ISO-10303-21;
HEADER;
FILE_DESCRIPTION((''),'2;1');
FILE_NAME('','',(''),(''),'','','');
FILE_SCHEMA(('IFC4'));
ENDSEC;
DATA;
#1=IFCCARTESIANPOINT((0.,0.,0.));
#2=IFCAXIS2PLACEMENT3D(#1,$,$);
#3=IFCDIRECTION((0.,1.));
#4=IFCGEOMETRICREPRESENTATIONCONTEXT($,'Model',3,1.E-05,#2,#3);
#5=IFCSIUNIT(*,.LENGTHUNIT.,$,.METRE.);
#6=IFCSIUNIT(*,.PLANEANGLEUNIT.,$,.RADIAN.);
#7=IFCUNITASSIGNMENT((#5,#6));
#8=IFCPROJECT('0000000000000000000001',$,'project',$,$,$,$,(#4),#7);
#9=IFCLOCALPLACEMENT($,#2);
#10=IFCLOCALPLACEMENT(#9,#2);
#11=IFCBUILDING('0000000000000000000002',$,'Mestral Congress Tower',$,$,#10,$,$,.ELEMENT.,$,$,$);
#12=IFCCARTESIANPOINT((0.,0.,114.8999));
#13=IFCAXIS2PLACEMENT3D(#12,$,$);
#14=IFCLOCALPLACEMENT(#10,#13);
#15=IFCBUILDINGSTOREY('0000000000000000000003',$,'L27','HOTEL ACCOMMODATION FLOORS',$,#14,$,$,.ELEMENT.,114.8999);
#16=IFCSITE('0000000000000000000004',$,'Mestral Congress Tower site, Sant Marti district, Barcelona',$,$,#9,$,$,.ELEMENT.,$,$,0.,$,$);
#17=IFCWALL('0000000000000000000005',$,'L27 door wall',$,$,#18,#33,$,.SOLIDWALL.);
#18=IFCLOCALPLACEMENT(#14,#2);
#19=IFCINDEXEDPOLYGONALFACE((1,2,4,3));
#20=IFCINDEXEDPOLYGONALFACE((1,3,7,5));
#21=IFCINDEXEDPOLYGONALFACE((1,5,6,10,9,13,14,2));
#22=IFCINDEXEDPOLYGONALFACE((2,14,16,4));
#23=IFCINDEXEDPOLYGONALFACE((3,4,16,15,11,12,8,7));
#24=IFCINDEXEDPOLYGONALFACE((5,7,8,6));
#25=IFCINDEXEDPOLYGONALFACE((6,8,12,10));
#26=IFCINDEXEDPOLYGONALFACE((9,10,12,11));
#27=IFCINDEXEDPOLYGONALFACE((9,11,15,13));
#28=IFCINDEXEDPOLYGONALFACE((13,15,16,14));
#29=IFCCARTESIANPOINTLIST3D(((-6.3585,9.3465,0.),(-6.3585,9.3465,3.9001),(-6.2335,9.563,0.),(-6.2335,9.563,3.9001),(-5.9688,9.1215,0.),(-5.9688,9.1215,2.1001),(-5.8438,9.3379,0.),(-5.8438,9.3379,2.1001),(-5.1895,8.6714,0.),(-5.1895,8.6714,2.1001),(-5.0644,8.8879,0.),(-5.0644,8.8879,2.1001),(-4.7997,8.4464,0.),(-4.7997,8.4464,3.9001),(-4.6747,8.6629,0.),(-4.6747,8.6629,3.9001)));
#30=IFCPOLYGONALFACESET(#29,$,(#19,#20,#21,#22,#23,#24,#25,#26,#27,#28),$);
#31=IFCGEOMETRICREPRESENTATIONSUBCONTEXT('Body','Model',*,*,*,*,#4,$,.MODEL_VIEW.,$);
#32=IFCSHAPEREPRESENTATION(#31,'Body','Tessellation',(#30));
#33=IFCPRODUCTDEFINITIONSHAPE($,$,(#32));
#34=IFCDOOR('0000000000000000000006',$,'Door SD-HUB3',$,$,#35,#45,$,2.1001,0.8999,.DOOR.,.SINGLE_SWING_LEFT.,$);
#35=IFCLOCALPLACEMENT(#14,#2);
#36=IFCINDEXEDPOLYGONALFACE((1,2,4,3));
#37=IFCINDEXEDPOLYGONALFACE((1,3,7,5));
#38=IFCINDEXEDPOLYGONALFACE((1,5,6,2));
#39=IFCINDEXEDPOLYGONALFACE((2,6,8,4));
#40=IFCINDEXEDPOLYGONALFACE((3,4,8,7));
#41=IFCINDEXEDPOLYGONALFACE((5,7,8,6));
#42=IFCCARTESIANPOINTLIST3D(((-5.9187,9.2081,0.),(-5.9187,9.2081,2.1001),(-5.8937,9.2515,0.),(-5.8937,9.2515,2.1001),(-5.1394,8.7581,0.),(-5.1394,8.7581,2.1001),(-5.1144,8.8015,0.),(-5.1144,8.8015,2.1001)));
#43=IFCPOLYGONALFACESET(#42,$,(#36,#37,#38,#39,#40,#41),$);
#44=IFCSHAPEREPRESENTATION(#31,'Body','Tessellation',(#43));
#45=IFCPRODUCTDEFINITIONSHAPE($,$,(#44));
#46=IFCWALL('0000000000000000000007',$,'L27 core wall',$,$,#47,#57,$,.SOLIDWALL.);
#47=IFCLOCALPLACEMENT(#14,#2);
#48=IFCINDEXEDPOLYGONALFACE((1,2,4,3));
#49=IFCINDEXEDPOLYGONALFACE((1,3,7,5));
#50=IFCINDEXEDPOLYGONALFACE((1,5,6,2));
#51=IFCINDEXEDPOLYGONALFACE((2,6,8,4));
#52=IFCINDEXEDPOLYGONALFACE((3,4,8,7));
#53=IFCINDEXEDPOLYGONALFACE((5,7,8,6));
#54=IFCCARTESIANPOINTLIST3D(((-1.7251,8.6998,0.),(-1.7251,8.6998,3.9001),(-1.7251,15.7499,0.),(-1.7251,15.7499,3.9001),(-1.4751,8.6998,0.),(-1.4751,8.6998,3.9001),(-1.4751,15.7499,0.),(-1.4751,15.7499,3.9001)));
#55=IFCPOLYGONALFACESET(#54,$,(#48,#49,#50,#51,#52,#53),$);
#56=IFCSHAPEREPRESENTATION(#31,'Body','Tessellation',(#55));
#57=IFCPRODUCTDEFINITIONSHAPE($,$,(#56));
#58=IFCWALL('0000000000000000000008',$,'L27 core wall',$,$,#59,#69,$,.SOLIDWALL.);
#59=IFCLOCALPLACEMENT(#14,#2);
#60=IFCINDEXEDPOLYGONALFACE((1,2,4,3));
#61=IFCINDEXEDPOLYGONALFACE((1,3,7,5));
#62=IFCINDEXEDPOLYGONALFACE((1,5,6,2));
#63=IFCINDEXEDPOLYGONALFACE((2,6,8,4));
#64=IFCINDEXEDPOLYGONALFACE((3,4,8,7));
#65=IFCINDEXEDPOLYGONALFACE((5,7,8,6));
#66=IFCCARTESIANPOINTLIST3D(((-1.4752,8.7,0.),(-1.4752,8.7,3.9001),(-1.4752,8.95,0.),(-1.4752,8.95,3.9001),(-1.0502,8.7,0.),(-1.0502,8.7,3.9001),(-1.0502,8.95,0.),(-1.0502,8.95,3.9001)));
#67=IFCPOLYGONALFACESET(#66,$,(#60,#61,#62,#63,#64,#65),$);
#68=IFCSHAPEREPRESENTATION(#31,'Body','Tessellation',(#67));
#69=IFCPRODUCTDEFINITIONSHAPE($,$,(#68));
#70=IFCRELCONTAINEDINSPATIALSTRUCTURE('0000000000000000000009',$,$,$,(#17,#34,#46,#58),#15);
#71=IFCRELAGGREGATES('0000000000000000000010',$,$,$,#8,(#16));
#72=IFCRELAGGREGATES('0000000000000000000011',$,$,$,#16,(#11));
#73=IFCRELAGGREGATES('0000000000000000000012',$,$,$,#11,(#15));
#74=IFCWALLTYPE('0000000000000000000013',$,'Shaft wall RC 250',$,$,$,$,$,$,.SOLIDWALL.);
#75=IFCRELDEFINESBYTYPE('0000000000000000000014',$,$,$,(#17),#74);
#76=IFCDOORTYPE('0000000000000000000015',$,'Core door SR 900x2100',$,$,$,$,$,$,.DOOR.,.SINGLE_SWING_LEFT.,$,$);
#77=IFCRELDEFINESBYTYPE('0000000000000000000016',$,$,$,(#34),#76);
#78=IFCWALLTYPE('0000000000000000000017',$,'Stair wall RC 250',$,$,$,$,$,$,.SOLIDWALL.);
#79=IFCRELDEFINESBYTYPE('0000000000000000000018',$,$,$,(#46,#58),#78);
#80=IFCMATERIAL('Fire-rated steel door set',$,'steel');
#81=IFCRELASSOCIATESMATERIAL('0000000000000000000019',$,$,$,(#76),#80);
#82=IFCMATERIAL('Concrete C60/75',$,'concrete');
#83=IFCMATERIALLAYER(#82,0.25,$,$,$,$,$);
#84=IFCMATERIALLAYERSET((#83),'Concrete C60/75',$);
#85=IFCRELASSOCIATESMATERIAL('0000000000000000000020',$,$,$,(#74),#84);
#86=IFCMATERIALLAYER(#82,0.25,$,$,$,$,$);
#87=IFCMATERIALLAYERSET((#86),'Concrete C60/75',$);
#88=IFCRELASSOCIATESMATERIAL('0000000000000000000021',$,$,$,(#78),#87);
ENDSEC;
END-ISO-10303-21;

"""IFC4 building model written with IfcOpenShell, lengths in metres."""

from ifc_helpers import new_model, si_unit, direction, frame, frame_2d, origin, place, context, subcontext, project, spatial, rectangle, extrude, material, layer, layer_set, type_object, element, fill, save


model = new_model("IFC4")

# Units and contexts
model_context = context("Model", 3, precision=1e-05, world=origin(), true_north=direction((0.0, 1.0)))
body_context = subcontext(model_context, "Body", "Model", "MODEL_VIEW")
ifc_project = project(units=[si_unit("LENGTHUNIT", "METRE"), si_unit("PLANEANGLEUNIT", "RADIAN")], contexts=[model_context])

# Site, building, storey
site_placement = place(None, origin())
site = spatial("IfcSite", under=ifc_project, at=site_placement, Name="Mestral Congress Tower site, Sant Marti district, Barcelona", CompositionType="ELEMENT", RefElevation=0.0)
building_placement = place(site_placement, origin())
building = spatial("IfcBuilding", under=site, at=building_placement, Name="Mestral Congress Tower", CompositionType="ELEMENT")
storey_placement = place(building_placement, frame((0.0, 0.0, 114.8999)))
storey = spatial("IfcBuildingStorey", under=building, at=storey_placement, Name="L27", Description="HOTEL ACCOMMODATION FLOORS", CompositionType="ELEMENT", Elevation=114.8999)

# Shared definitions
ifc_material_1 = material(Name="Fire-rated steel door set", Category="steel")
door_type_1 = type_object("IfcDoorType", Name="Core door SR 900x2100", OperationType="SINGLE_SWING_LEFT", PredefinedType="DOOR", material=ifc_material_1)

# Shared definitions
ifc_material_2 = material(Name="Concrete C60/75", Category="concrete")
ifc_layer_1 = layer(ifc_material_2, 0.25)
ifc_layer_set_1 = layer_set([ifc_layer_1], Name="Concrete C60/75")
wall_type_1 = type_object("IfcWallType", Name="Shaft wall RC 250", PredefinedType="SOLIDWALL", material=ifc_layer_set_1)

# Wall, opening, door
wall_1_placement = place(storey_placement, frame((-4.7373, 8.5547, 0.0), z_axis=(0.0, 0.0, 1.0), x_axis=(-0.865989, 0.500063, 0.0)))
wall_1 = element("IfcWall", 1, at=wall_1_placement, inside=storey, type_object=wall_type_1, Name="L27 door wall", PredefinedType="SOLIDWALL", context=body_context, shape_type="SweptSolid", body=[
    extrude(rectangle(XDim=1.8, YDim=0.25, at=frame_2d((0.8999, 0.0))), origin(), (0.0, 0.0, 1.0), 3.9001),
])
opening_1_placement = place(wall_1_placement, frame((0.45, 0.0, 0.0)))
opening_1 = element("IfcOpeningElement", 2, at=opening_1_placement, cuts=wall_1, PredefinedType="OPENING", context=body_context, shape_type="SweptSolid", body=[
    extrude(rectangle(XDim=0.8999, YDim=2.1001, at=frame_2d((0.45, 1.05))), frame((0.0, 0.135, 0.0), z_axis=(0.0, -1.0, 0.0), x_axis=(1.0, 0.0, 0.0)), (0.0, 0.0, 1.0), 0.27),
])
door_1_placement = place(opening_1_placement, origin())
door_1 = element("IfcDoor", 3, at=door_1_placement, inside=storey, type_object=door_type_1, Name="Door SD-HUB3", OperationType="SINGLE_SWING_LEFT", OverallHeight=2.1001, OverallWidth=0.8999, PredefinedType="DOOR", context=body_context, shape_type="SweptSolid", body=[
    extrude(rectangle(XDim=0.8999, YDim=2.1001, at=frame_2d((0.45, 1.05))), frame((0.0, 0.0249, 0.0), z_axis=(0.0, -1.0, 0.0), x_axis=(1.0, 0.0, 0.0)), (0.0, 0.0, 1.0), 0.05),
])
fill(opening_1, door_1)

# Walls
ifc_layer_2 = layer(ifc_material_2, 0.25)
ifc_layer_set_2 = layer_set([ifc_layer_2], Name="Concrete C60/75")
wall_type_2 = type_object("IfcWallType", Name="Stair wall RC 250", PredefinedType="SOLIDWALL", material=ifc_layer_set_2)
wall_2_placement = place(storey_placement, frame((-1.6001, 8.7, 0.0), z_axis=(0.0, 0.0, 1.0), x_axis=(0.0, 1.0, 0.0)))
element("IfcWall", 4, at=wall_2_placement, inside=storey, type_object=wall_type_2, Name="L27 core wall", PredefinedType="SOLIDWALL", context=body_context, shape_type="SweptSolid", body=[
    extrude(rectangle(XDim=7.05, YDim=0.25, at=frame_2d((3.5249, 0.0))), origin(), (0.0, 0.0, 1.0), 3.9001),
])
wall_3_placement = place(storey_placement, frame((-1.4751, 8.825, 0.0), z_axis=(0.0, 0.0, 1.0), x_axis=(1.0, 0.0, 0.0)))
element("IfcWall", 5, at=wall_3_placement, inside=storey, type_object=wall_type_2, Name="L27 core wall", PredefinedType="SOLIDWALL", context=body_context, shape_type="SweptSolid", body=[
    extrude(rectangle(XDim=0.425, YDim=0.25, at=frame_2d((0.2124, 0.0))), origin(), (0.0, 0.0, 1.0), 3.9001),
])

save(model, "model.ifc")
